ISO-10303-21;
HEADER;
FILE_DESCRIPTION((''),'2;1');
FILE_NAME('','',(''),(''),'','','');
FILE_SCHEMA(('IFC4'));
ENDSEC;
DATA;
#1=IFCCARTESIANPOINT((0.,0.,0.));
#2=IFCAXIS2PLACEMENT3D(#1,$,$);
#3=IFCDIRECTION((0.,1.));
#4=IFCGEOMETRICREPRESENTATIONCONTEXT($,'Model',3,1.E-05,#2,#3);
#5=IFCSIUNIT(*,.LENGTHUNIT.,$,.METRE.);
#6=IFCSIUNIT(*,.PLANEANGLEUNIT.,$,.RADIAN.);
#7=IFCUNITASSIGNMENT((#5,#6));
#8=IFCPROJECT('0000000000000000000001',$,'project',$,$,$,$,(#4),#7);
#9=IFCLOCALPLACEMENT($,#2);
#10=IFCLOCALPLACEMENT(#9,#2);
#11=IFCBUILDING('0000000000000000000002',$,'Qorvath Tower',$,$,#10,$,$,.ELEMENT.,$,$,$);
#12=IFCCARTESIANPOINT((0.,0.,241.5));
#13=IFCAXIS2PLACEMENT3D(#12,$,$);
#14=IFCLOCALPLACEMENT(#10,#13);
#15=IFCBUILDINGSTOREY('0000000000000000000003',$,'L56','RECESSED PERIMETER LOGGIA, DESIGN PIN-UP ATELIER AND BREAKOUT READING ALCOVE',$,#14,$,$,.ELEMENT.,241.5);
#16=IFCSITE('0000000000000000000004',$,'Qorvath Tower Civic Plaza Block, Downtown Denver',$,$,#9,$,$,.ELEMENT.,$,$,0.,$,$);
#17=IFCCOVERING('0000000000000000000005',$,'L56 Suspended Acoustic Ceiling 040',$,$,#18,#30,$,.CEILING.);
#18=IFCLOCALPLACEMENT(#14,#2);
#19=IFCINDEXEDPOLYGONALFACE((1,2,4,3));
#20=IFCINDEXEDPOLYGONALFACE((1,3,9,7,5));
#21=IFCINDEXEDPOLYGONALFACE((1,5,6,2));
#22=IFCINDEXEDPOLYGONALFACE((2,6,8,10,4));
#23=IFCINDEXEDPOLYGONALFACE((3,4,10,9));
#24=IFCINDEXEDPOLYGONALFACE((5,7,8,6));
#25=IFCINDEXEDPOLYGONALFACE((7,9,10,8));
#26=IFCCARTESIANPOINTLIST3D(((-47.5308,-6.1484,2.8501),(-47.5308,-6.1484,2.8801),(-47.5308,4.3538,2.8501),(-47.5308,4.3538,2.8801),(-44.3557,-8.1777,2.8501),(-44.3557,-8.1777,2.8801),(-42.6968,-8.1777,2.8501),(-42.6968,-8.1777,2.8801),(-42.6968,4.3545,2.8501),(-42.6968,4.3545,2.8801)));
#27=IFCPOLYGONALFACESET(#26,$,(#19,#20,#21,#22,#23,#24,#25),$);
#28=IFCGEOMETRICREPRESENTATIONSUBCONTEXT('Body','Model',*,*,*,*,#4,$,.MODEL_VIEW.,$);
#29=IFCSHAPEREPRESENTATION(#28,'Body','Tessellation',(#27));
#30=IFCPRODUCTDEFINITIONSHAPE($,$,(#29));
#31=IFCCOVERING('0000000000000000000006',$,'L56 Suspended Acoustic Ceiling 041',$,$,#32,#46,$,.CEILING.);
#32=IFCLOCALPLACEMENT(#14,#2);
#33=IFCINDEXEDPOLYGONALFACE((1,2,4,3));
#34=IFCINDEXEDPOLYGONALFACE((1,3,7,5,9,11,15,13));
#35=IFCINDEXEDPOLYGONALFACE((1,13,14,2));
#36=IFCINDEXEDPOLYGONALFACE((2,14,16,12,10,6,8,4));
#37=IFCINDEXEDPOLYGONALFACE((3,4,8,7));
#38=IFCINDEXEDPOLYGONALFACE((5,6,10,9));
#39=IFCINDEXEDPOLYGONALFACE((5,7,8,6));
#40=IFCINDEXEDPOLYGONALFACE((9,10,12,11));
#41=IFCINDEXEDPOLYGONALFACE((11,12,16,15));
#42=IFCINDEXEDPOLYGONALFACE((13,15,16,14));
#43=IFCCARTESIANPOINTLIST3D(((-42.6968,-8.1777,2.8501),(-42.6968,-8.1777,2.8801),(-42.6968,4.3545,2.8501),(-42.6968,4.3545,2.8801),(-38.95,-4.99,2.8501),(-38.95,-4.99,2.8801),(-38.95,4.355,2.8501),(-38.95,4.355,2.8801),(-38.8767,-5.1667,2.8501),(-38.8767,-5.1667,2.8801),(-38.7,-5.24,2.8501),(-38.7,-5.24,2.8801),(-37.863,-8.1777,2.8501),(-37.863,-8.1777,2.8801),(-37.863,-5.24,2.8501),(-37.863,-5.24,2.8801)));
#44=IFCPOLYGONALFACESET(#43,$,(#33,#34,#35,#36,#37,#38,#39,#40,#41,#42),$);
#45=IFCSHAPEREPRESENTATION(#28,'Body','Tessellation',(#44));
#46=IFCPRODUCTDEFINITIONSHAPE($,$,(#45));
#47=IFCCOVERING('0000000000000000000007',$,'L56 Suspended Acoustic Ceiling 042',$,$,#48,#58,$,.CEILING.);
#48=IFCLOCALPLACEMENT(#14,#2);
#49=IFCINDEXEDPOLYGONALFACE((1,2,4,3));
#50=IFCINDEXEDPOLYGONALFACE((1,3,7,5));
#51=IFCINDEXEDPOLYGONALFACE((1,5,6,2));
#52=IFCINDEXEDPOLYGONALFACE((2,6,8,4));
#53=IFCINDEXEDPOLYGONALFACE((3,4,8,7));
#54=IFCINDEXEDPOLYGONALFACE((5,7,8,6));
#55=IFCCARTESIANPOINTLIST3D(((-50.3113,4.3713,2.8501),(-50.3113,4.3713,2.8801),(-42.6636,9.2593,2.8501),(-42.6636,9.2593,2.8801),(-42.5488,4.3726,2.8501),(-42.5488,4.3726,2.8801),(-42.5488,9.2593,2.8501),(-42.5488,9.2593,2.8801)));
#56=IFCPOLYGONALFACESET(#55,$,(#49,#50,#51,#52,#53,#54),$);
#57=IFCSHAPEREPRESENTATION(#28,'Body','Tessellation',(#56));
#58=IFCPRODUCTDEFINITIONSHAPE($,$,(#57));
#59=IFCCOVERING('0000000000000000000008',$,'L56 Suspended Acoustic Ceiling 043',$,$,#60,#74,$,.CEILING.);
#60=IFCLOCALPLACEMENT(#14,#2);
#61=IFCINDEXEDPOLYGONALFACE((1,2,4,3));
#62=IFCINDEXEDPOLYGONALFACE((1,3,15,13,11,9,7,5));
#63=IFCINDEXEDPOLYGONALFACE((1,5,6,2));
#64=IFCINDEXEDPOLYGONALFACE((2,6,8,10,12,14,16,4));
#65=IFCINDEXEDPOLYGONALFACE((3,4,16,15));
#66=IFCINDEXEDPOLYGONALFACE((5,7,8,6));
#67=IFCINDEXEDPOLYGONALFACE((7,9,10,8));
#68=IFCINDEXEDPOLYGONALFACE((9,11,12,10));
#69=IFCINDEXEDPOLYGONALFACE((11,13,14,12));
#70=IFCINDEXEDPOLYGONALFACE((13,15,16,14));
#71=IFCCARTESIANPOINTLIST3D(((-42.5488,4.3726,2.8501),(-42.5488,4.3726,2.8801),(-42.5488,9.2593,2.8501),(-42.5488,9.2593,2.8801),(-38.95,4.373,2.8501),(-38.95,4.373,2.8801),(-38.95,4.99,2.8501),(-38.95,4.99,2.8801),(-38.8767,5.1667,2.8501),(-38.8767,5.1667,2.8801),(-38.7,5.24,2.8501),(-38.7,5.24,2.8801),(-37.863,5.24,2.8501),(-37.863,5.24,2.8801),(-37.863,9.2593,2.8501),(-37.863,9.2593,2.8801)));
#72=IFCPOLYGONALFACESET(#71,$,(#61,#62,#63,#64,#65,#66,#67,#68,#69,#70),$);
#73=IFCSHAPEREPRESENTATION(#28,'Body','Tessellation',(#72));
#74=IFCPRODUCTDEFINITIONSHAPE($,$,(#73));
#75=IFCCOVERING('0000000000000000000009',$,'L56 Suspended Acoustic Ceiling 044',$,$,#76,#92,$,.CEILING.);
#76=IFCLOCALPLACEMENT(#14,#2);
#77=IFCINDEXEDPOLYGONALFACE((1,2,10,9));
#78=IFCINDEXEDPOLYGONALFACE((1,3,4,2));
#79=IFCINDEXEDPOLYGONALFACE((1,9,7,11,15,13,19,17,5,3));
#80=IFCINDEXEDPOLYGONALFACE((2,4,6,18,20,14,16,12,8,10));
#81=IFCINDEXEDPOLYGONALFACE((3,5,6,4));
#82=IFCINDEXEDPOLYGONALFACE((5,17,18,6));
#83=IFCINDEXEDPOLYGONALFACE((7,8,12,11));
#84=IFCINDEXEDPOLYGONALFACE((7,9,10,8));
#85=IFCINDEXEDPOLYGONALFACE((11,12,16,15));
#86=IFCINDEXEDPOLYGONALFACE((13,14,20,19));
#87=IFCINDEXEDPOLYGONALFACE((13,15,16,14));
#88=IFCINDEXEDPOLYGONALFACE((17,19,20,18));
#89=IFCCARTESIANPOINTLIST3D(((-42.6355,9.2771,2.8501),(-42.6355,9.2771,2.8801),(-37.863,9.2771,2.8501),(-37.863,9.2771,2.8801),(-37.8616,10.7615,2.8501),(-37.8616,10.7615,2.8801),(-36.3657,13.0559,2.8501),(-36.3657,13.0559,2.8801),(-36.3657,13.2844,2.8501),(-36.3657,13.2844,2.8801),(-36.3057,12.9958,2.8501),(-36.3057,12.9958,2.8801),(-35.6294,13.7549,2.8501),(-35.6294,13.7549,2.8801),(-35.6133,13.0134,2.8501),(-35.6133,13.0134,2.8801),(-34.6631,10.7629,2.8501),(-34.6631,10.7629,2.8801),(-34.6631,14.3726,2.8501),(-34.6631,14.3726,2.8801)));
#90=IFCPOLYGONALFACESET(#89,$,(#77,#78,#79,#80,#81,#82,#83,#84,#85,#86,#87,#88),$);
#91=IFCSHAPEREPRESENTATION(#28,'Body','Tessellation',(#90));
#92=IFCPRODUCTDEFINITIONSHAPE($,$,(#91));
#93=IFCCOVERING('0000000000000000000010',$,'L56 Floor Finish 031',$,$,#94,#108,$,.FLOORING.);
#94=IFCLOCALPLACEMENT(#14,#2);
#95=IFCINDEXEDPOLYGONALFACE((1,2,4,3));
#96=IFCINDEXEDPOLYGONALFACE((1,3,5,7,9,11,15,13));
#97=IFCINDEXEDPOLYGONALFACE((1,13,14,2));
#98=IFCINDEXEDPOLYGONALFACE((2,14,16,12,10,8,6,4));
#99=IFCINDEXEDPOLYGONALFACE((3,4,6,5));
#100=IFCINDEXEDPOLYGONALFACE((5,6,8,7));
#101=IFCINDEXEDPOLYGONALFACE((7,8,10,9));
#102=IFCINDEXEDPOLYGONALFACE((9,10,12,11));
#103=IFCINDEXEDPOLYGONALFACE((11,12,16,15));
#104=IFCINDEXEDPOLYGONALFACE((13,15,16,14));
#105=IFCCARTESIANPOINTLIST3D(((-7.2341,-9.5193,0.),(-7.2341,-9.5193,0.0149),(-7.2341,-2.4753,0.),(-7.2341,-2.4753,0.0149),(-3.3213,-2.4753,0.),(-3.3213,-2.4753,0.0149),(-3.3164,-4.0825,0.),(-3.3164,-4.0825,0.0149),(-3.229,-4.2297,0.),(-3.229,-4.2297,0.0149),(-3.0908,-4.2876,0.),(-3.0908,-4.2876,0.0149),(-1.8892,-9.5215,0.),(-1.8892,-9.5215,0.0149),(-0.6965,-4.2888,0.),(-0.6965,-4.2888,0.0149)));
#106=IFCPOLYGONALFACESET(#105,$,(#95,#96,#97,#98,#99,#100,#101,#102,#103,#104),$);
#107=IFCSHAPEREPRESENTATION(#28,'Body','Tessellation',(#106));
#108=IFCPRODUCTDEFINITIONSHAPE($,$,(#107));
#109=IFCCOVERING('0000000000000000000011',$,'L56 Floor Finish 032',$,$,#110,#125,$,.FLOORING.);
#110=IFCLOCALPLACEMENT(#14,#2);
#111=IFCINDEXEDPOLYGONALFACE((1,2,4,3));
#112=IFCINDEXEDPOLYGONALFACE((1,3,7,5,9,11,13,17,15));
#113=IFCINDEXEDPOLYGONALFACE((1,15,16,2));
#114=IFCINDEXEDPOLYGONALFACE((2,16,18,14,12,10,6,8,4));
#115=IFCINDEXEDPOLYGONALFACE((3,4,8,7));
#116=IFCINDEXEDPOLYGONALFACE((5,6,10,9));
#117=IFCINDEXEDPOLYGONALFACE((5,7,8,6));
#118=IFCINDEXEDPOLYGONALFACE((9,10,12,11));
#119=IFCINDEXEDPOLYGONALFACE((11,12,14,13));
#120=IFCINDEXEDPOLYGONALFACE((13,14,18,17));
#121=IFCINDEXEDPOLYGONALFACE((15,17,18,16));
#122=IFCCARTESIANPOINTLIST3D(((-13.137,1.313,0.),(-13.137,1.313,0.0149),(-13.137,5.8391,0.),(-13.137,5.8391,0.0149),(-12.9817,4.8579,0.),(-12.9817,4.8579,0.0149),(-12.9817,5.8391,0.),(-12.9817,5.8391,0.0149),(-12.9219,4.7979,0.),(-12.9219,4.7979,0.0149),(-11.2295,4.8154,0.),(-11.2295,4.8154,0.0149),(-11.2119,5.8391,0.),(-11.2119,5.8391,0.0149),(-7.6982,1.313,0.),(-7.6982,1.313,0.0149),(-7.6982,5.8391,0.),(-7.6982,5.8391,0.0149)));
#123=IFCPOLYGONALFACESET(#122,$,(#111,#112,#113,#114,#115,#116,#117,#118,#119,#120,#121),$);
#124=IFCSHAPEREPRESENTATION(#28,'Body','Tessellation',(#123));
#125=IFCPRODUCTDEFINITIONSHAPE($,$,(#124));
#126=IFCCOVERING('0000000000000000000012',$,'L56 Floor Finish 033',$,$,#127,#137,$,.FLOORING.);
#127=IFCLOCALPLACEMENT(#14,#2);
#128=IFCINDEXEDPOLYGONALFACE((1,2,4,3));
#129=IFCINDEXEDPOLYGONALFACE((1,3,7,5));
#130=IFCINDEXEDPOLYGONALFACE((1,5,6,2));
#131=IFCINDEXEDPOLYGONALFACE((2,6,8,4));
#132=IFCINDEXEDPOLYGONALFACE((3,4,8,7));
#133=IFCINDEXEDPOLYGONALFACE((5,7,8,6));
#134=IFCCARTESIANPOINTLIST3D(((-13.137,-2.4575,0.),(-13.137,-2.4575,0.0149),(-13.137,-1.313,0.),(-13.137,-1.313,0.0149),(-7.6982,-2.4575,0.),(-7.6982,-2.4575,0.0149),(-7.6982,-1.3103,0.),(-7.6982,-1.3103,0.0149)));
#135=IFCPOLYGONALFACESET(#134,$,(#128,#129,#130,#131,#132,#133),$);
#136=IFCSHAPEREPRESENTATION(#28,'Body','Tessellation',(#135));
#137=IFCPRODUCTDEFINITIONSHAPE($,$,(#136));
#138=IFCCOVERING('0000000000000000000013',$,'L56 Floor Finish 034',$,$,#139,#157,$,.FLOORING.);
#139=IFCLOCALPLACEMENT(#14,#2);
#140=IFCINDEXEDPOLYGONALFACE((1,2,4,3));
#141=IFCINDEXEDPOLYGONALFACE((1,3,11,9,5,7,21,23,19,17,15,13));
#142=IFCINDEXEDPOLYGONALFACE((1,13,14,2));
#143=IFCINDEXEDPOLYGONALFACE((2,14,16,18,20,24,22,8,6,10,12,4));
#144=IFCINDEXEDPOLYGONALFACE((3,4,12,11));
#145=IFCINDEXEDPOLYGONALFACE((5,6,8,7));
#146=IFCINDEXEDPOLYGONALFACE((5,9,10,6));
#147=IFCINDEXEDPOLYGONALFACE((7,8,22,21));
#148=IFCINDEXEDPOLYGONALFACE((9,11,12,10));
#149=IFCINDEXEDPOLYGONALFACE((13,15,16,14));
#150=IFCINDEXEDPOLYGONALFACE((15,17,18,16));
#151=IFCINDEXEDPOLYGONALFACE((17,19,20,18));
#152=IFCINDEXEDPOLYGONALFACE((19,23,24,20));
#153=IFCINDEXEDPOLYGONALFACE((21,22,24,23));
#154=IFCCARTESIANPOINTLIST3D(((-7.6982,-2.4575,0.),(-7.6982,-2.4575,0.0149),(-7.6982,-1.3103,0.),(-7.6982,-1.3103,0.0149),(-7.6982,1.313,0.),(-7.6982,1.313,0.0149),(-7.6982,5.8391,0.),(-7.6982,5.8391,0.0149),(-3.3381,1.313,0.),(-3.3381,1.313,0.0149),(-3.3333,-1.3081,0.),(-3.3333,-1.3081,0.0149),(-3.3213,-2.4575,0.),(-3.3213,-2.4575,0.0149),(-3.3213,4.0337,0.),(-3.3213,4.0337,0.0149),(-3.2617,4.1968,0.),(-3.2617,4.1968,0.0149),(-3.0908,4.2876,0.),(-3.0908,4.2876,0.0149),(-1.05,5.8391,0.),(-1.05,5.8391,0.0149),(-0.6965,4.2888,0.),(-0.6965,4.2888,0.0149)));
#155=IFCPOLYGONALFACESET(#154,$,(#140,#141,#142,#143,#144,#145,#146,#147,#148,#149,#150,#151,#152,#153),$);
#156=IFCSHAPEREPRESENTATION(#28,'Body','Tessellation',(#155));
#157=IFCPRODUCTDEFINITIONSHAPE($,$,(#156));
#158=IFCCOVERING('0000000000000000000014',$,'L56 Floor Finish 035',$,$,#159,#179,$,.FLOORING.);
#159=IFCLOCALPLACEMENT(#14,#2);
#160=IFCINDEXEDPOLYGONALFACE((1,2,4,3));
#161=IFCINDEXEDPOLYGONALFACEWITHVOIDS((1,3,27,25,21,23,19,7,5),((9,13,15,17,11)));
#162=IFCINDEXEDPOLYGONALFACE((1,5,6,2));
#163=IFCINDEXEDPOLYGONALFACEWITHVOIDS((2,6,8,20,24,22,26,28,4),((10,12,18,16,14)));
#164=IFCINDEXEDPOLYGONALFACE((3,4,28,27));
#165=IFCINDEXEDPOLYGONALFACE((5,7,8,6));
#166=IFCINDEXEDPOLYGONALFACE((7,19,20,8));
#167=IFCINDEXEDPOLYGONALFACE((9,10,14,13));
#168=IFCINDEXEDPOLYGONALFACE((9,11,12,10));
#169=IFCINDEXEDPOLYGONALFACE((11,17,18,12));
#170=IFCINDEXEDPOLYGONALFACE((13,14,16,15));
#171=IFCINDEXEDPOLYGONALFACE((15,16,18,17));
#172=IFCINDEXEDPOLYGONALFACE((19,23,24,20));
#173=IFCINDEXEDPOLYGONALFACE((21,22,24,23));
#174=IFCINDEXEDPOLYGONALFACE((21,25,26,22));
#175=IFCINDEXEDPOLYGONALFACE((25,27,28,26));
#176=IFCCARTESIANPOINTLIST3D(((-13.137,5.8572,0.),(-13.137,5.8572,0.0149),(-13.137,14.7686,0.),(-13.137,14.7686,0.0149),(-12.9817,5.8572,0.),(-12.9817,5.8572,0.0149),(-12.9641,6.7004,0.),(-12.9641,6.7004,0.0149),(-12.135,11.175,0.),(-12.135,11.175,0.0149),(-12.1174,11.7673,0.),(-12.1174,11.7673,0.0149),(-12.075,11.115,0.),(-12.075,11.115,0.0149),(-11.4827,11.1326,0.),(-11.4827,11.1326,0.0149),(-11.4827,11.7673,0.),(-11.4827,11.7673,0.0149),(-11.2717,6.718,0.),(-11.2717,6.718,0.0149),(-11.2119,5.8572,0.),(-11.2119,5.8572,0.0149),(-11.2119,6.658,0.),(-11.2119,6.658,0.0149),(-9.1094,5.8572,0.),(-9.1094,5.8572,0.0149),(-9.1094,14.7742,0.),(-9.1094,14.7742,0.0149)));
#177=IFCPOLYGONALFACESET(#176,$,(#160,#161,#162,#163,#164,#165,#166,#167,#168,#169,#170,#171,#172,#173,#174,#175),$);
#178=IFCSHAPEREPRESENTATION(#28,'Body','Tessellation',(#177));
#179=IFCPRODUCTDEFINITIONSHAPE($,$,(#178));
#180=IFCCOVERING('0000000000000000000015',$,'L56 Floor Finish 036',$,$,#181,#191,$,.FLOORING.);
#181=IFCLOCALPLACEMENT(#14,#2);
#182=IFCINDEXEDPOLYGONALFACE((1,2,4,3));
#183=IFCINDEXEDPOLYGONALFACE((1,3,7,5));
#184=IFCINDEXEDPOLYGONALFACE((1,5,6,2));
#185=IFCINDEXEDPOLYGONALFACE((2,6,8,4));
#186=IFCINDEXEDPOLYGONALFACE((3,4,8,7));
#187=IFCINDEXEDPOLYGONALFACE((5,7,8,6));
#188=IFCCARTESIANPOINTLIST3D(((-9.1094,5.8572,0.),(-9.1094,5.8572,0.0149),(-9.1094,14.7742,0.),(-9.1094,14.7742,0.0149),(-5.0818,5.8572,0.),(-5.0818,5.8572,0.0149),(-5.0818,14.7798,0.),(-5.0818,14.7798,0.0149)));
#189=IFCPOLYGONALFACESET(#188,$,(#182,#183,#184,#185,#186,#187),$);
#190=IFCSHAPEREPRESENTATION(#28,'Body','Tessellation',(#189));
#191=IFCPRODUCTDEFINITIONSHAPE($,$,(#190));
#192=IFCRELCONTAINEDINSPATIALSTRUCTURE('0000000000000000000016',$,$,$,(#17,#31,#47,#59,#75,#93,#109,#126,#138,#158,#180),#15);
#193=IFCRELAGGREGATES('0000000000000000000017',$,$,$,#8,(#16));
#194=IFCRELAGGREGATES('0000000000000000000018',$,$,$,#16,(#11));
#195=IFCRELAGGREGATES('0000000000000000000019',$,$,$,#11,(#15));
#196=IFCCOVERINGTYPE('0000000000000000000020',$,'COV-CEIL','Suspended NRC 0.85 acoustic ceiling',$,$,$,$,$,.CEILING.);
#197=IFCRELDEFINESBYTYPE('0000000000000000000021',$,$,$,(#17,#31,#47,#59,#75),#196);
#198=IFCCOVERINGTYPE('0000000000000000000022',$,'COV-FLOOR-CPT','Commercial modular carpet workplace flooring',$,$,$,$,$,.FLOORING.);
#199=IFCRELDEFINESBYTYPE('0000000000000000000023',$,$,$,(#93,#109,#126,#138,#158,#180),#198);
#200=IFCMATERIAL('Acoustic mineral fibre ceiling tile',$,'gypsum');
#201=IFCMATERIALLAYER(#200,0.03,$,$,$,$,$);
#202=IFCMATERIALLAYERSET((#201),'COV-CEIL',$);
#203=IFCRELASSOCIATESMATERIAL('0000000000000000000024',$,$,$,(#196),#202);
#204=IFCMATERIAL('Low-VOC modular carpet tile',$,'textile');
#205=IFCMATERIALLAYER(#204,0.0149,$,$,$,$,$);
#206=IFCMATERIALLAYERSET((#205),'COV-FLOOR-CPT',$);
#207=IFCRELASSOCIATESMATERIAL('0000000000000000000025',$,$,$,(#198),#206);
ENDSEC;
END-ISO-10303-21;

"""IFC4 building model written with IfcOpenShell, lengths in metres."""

from ifc_helpers import new_model, si_unit, direction, frame, origin, place, context, subcontext, project, spatial, polyline, outline, extrude, material, layer, layer_set, type_object, element, save


model = new_model("IFC4")

# Units and contexts
model_context = context("Model", 3, precision=1e-05, world=origin(), true_north=direction((0.0, 1.0)))
body_context = subcontext(model_context, "Body", "Model", "MODEL_VIEW")
ifc_project = project(units=[si_unit("LENGTHUNIT", "METRE"), si_unit("PLANEANGLEUNIT", "RADIAN")], contexts=[model_context])

# Site, building, storey
site_placement = place(None, origin())
site = spatial("IfcSite", under=ifc_project, at=site_placement, Name="Qorvath Tower Civic Plaza Block, Downtown Denver", CompositionType="ELEMENT", RefElevation=0.0)
building_placement = place(site_placement, origin())
building = spatial("IfcBuilding", under=site, at=building_placement, Name="Qorvath Tower", CompositionType="ELEMENT")
storey_placement = place(building_placement, frame((0.0, 0.0, 241.5)))
storey = spatial("IfcBuildingStorey", under=building, at=storey_placement, Name="L56", Description="RECESSED PERIMETER LOGGIA, DESIGN PIN-UP ATELIER AND BREAKOUT READING ALCOVE", CompositionType="ELEMENT", Elevation=241.5)

# Coverings
ifc_material_1 = material(Name="Acoustic mineral fibre ceiling tile", Category="gypsum")
ifc_layer_1 = layer(ifc_material_1, 0.03)
ifc_layer_set_1 = layer_set([ifc_layer_1], Name="COV-CEIL")
covering_type_1 = type_object("IfcCoveringType", Name="COV-CEIL", Description="Suspended NRC 0.85 acoustic ceiling", PredefinedType="CEILING", material=ifc_layer_set_1)
covering_1_placement = place(storey_placement, frame((0.0, 0.0, 2.8501)))
element("IfcCovering", 1, at=covering_1_placement, inside=storey, type_object=covering_type_1, Name="L56 Suspended Acoustic Ceiling 040", PredefinedType="CEILING", context=body_context, shape_type="SweptSolid", body=[
    extrude(outline(polyline([(-47.5308, 4.3538), (-47.5308, -6.1484), (-44.3557, -8.1777), (-42.6968, -8.1777), (-42.6968, 4.3545), (-47.5308, 4.3538)])), origin(), (0.0, 0.0, 1.0), 0.03),
])
covering_2_placement = place(storey_placement, frame((0.0, 0.0, 2.8501)))
element("IfcCovering", 2, at=covering_2_placement, inside=storey, type_object=covering_type_1, Name="L56 Suspended Acoustic Ceiling 041", PredefinedType="CEILING", context=body_context, shape_type="SweptSolid", body=[
    extrude(outline(polyline([(-42.6968, 4.3545), (-42.6968, -8.1777), (-37.863, -8.1777), (-37.863, -5.24), (-38.7, -5.24), (-38.8767, -5.1667), (-38.95, -4.99), (-38.95, 4.355), (-42.6968, 4.3545)])), origin(), (0.0, 0.0, 1.0), 0.03),
])
covering_3_placement = place(storey_placement, frame((0.0, 0.0, 2.8501)))
element("IfcCovering", 3, at=covering_3_placement, inside=storey, type_object=covering_type_1, Name="L56 Suspended Acoustic Ceiling 042", PredefinedType="CEILING", context=body_context, shape_type="SweptSolid", body=[
    extrude(outline(polyline([(-42.5488, 4.3726), (-42.5488, 9.2593), (-42.6636, 9.2593), (-50.3113, 4.3713), (-42.5488, 4.3726)])), origin(), (0.0, 0.0, 1.0), 0.03),
])
covering_4_placement = place(storey_placement, frame((0.0, 0.0, 2.8501)))
element("IfcCovering", 4, at=covering_4_placement, inside=storey, type_object=covering_type_1, Name="L56 Suspended Acoustic Ceiling 043", PredefinedType="CEILING", context=body_context, shape_type="SweptSolid", body=[
    extrude(outline(polyline([(-37.863, 5.24), (-37.863, 9.2593), (-42.5488, 9.2593), (-42.5488, 4.3726), (-38.95, 4.373), (-38.95, 4.99), (-38.8767, 5.1667), (-38.7, 5.24), (-37.863, 5.24)])), origin(), (0.0, 0.0, 1.0), 0.03),
])
covering_5_placement = place(storey_placement, frame((0.0, 0.0, 2.8501)))
element("IfcCovering", 5, at=covering_5_placement, inside=storey, type_object=covering_type_1, Name="L56 Suspended Acoustic Ceiling 044", PredefinedType="CEILING", context=body_context, shape_type="SweptSolid", body=[
    extrude(outline(polyline([(-34.6631, 14.3726), (-35.6294, 13.7549), (-35.6133, 13.0134), (-36.3057, 12.9958), (-36.3657, 13.0559), (-36.3657, 13.2844), (-42.6355, 9.2771), (-37.863, 9.2771), (-37.8616, 10.7615), (-34.6631, 10.7629), (-34.6631, 14.3726)])), origin(), (0.0, 0.0, 1.0), 0.03),
])
ifc_material_2 = material(Name="Low-VOC modular carpet tile", Category="textile")
ifc_layer_2 = layer(ifc_material_2, 0.0149)
ifc_layer_set_2 = layer_set([ifc_layer_2], Name="COV-FLOOR-CPT")
covering_type_2 = type_object("IfcCoveringType", Name="COV-FLOOR-CPT", Description="Commercial modular carpet workplace flooring", PredefinedType="FLOORING", material=ifc_layer_set_2)
covering_6_placement = place(storey_placement, origin())
element("IfcCovering", 6, at=covering_6_placement, inside=storey, type_object=covering_type_2, Name="L56 Floor Finish 031", PredefinedType="FLOORING", context=body_context, shape_type="SweptSolid", body=[
    extrude(outline(polyline([(-3.229, -4.2297), (-3.3164, -4.0825), (-3.3213, -2.4753), (-7.2341, -2.4753), (-7.2341, -9.5193), (-1.8892, -9.5215), (-0.6965, -4.2888), (-3.0908, -4.2876), (-3.229, -4.2297)])), origin(), (0.0, 0.0, 1.0), 0.0149),
])
covering_7_placement = place(storey_placement, origin())
element("IfcCovering", 7, at=covering_7_placement, inside=storey, type_object=covering_type_2, Name="L56 Floor Finish 032", PredefinedType="FLOORING", context=body_context, shape_type="SweptSolid", body=[
    extrude(outline(polyline([(-7.6982, 1.313), (-7.6982, 5.8391), (-11.2119, 5.8391), (-11.2295, 4.8154), (-12.9219, 4.7979), (-12.9817, 4.8579), (-12.9817, 5.8391), (-13.137, 5.8391), (-13.137, 1.313), (-7.6982, 1.313)])), origin(), (0.0, 0.0, 1.0), 0.0149),
])
covering_8_placement = place(storey_placement, origin())
element("IfcCovering", 8, at=covering_8_placement, inside=storey, type_object=covering_type_2, Name="L56 Floor Finish 033", PredefinedType="FLOORING", context=body_context, shape_type="SweptSolid", body=[
    extrude(outline(polyline([(-7.6982, -2.4575), (-7.6982, -1.3103), (-13.137, -1.313), (-13.137, -2.4575), (-7.6982, -2.4575)])), origin(), (0.0, 0.0, 1.0), 0.0149),
])
covering_9_placement = place(storey_placement, origin())
element("IfcCovering", 9, at=covering_9_placement, inside=storey, type_object=covering_type_2, Name="L56 Floor Finish 034", PredefinedType="FLOORING", context=body_context, shape_type="SweptSolid", body=[
    extrude(outline(polyline([(-3.2617, 4.1968), (-3.0908, 4.2876), (-0.6965, 4.2888), (-1.05, 5.8391), (-7.6982, 5.8391), (-7.6982, 1.313), (-3.3381, 1.313), (-3.3333, -1.3081), (-7.6982, -1.3103), (-7.6982, -2.4575), (-3.3213, -2.4575), (-3.3213, 4.0337), (-3.2617, 4.1968)])), origin(), (0.0, 0.0, 1.0), 0.0149),
])
covering_10_placement = place(storey_placement, origin())
element("IfcCovering", 10, at=covering_10_placement, inside=storey, type_object=covering_type_2, Name="L56 Floor Finish 035", PredefinedType="FLOORING", context=body_context, shape_type="SweptSolid", body=[
    extrude(outline(polyline([(-11.2119, 6.658), (-11.2119, 5.8572), (-9.1094, 5.8572), (-9.1094, 14.7742), (-13.137, 14.7686), (-13.137, 5.8572), (-12.9817, 5.8572), (-12.9641, 6.7004), (-11.2717, 6.718), (-11.2119, 6.658)]), holes=[polyline([(-12.135, 11.175), (-12.1174, 11.7673), (-11.4827, 11.7673), (-11.4827, 11.1326), (-12.075, 11.115), (-12.135, 11.175)])]), origin(), (0.0, 0.0, 1.0), 0.0149),
])
covering_11_placement = place(storey_placement, origin())
element("IfcCovering", 11, at=covering_11_placement, inside=storey, type_object=covering_type_2, Name="L56 Floor Finish 036", PredefinedType="FLOORING", context=body_context, shape_type="SweptSolid", body=[
    extrude(outline(polyline([(-9.1094, 14.7742), (-9.1094, 5.8572), (-5.0818, 5.8572), (-5.0818, 14.7798), (-9.1094, 14.7742)])), origin(), (0.0, 0.0, 1.0), 0.0149),
])

save(model, "model.ifc")
